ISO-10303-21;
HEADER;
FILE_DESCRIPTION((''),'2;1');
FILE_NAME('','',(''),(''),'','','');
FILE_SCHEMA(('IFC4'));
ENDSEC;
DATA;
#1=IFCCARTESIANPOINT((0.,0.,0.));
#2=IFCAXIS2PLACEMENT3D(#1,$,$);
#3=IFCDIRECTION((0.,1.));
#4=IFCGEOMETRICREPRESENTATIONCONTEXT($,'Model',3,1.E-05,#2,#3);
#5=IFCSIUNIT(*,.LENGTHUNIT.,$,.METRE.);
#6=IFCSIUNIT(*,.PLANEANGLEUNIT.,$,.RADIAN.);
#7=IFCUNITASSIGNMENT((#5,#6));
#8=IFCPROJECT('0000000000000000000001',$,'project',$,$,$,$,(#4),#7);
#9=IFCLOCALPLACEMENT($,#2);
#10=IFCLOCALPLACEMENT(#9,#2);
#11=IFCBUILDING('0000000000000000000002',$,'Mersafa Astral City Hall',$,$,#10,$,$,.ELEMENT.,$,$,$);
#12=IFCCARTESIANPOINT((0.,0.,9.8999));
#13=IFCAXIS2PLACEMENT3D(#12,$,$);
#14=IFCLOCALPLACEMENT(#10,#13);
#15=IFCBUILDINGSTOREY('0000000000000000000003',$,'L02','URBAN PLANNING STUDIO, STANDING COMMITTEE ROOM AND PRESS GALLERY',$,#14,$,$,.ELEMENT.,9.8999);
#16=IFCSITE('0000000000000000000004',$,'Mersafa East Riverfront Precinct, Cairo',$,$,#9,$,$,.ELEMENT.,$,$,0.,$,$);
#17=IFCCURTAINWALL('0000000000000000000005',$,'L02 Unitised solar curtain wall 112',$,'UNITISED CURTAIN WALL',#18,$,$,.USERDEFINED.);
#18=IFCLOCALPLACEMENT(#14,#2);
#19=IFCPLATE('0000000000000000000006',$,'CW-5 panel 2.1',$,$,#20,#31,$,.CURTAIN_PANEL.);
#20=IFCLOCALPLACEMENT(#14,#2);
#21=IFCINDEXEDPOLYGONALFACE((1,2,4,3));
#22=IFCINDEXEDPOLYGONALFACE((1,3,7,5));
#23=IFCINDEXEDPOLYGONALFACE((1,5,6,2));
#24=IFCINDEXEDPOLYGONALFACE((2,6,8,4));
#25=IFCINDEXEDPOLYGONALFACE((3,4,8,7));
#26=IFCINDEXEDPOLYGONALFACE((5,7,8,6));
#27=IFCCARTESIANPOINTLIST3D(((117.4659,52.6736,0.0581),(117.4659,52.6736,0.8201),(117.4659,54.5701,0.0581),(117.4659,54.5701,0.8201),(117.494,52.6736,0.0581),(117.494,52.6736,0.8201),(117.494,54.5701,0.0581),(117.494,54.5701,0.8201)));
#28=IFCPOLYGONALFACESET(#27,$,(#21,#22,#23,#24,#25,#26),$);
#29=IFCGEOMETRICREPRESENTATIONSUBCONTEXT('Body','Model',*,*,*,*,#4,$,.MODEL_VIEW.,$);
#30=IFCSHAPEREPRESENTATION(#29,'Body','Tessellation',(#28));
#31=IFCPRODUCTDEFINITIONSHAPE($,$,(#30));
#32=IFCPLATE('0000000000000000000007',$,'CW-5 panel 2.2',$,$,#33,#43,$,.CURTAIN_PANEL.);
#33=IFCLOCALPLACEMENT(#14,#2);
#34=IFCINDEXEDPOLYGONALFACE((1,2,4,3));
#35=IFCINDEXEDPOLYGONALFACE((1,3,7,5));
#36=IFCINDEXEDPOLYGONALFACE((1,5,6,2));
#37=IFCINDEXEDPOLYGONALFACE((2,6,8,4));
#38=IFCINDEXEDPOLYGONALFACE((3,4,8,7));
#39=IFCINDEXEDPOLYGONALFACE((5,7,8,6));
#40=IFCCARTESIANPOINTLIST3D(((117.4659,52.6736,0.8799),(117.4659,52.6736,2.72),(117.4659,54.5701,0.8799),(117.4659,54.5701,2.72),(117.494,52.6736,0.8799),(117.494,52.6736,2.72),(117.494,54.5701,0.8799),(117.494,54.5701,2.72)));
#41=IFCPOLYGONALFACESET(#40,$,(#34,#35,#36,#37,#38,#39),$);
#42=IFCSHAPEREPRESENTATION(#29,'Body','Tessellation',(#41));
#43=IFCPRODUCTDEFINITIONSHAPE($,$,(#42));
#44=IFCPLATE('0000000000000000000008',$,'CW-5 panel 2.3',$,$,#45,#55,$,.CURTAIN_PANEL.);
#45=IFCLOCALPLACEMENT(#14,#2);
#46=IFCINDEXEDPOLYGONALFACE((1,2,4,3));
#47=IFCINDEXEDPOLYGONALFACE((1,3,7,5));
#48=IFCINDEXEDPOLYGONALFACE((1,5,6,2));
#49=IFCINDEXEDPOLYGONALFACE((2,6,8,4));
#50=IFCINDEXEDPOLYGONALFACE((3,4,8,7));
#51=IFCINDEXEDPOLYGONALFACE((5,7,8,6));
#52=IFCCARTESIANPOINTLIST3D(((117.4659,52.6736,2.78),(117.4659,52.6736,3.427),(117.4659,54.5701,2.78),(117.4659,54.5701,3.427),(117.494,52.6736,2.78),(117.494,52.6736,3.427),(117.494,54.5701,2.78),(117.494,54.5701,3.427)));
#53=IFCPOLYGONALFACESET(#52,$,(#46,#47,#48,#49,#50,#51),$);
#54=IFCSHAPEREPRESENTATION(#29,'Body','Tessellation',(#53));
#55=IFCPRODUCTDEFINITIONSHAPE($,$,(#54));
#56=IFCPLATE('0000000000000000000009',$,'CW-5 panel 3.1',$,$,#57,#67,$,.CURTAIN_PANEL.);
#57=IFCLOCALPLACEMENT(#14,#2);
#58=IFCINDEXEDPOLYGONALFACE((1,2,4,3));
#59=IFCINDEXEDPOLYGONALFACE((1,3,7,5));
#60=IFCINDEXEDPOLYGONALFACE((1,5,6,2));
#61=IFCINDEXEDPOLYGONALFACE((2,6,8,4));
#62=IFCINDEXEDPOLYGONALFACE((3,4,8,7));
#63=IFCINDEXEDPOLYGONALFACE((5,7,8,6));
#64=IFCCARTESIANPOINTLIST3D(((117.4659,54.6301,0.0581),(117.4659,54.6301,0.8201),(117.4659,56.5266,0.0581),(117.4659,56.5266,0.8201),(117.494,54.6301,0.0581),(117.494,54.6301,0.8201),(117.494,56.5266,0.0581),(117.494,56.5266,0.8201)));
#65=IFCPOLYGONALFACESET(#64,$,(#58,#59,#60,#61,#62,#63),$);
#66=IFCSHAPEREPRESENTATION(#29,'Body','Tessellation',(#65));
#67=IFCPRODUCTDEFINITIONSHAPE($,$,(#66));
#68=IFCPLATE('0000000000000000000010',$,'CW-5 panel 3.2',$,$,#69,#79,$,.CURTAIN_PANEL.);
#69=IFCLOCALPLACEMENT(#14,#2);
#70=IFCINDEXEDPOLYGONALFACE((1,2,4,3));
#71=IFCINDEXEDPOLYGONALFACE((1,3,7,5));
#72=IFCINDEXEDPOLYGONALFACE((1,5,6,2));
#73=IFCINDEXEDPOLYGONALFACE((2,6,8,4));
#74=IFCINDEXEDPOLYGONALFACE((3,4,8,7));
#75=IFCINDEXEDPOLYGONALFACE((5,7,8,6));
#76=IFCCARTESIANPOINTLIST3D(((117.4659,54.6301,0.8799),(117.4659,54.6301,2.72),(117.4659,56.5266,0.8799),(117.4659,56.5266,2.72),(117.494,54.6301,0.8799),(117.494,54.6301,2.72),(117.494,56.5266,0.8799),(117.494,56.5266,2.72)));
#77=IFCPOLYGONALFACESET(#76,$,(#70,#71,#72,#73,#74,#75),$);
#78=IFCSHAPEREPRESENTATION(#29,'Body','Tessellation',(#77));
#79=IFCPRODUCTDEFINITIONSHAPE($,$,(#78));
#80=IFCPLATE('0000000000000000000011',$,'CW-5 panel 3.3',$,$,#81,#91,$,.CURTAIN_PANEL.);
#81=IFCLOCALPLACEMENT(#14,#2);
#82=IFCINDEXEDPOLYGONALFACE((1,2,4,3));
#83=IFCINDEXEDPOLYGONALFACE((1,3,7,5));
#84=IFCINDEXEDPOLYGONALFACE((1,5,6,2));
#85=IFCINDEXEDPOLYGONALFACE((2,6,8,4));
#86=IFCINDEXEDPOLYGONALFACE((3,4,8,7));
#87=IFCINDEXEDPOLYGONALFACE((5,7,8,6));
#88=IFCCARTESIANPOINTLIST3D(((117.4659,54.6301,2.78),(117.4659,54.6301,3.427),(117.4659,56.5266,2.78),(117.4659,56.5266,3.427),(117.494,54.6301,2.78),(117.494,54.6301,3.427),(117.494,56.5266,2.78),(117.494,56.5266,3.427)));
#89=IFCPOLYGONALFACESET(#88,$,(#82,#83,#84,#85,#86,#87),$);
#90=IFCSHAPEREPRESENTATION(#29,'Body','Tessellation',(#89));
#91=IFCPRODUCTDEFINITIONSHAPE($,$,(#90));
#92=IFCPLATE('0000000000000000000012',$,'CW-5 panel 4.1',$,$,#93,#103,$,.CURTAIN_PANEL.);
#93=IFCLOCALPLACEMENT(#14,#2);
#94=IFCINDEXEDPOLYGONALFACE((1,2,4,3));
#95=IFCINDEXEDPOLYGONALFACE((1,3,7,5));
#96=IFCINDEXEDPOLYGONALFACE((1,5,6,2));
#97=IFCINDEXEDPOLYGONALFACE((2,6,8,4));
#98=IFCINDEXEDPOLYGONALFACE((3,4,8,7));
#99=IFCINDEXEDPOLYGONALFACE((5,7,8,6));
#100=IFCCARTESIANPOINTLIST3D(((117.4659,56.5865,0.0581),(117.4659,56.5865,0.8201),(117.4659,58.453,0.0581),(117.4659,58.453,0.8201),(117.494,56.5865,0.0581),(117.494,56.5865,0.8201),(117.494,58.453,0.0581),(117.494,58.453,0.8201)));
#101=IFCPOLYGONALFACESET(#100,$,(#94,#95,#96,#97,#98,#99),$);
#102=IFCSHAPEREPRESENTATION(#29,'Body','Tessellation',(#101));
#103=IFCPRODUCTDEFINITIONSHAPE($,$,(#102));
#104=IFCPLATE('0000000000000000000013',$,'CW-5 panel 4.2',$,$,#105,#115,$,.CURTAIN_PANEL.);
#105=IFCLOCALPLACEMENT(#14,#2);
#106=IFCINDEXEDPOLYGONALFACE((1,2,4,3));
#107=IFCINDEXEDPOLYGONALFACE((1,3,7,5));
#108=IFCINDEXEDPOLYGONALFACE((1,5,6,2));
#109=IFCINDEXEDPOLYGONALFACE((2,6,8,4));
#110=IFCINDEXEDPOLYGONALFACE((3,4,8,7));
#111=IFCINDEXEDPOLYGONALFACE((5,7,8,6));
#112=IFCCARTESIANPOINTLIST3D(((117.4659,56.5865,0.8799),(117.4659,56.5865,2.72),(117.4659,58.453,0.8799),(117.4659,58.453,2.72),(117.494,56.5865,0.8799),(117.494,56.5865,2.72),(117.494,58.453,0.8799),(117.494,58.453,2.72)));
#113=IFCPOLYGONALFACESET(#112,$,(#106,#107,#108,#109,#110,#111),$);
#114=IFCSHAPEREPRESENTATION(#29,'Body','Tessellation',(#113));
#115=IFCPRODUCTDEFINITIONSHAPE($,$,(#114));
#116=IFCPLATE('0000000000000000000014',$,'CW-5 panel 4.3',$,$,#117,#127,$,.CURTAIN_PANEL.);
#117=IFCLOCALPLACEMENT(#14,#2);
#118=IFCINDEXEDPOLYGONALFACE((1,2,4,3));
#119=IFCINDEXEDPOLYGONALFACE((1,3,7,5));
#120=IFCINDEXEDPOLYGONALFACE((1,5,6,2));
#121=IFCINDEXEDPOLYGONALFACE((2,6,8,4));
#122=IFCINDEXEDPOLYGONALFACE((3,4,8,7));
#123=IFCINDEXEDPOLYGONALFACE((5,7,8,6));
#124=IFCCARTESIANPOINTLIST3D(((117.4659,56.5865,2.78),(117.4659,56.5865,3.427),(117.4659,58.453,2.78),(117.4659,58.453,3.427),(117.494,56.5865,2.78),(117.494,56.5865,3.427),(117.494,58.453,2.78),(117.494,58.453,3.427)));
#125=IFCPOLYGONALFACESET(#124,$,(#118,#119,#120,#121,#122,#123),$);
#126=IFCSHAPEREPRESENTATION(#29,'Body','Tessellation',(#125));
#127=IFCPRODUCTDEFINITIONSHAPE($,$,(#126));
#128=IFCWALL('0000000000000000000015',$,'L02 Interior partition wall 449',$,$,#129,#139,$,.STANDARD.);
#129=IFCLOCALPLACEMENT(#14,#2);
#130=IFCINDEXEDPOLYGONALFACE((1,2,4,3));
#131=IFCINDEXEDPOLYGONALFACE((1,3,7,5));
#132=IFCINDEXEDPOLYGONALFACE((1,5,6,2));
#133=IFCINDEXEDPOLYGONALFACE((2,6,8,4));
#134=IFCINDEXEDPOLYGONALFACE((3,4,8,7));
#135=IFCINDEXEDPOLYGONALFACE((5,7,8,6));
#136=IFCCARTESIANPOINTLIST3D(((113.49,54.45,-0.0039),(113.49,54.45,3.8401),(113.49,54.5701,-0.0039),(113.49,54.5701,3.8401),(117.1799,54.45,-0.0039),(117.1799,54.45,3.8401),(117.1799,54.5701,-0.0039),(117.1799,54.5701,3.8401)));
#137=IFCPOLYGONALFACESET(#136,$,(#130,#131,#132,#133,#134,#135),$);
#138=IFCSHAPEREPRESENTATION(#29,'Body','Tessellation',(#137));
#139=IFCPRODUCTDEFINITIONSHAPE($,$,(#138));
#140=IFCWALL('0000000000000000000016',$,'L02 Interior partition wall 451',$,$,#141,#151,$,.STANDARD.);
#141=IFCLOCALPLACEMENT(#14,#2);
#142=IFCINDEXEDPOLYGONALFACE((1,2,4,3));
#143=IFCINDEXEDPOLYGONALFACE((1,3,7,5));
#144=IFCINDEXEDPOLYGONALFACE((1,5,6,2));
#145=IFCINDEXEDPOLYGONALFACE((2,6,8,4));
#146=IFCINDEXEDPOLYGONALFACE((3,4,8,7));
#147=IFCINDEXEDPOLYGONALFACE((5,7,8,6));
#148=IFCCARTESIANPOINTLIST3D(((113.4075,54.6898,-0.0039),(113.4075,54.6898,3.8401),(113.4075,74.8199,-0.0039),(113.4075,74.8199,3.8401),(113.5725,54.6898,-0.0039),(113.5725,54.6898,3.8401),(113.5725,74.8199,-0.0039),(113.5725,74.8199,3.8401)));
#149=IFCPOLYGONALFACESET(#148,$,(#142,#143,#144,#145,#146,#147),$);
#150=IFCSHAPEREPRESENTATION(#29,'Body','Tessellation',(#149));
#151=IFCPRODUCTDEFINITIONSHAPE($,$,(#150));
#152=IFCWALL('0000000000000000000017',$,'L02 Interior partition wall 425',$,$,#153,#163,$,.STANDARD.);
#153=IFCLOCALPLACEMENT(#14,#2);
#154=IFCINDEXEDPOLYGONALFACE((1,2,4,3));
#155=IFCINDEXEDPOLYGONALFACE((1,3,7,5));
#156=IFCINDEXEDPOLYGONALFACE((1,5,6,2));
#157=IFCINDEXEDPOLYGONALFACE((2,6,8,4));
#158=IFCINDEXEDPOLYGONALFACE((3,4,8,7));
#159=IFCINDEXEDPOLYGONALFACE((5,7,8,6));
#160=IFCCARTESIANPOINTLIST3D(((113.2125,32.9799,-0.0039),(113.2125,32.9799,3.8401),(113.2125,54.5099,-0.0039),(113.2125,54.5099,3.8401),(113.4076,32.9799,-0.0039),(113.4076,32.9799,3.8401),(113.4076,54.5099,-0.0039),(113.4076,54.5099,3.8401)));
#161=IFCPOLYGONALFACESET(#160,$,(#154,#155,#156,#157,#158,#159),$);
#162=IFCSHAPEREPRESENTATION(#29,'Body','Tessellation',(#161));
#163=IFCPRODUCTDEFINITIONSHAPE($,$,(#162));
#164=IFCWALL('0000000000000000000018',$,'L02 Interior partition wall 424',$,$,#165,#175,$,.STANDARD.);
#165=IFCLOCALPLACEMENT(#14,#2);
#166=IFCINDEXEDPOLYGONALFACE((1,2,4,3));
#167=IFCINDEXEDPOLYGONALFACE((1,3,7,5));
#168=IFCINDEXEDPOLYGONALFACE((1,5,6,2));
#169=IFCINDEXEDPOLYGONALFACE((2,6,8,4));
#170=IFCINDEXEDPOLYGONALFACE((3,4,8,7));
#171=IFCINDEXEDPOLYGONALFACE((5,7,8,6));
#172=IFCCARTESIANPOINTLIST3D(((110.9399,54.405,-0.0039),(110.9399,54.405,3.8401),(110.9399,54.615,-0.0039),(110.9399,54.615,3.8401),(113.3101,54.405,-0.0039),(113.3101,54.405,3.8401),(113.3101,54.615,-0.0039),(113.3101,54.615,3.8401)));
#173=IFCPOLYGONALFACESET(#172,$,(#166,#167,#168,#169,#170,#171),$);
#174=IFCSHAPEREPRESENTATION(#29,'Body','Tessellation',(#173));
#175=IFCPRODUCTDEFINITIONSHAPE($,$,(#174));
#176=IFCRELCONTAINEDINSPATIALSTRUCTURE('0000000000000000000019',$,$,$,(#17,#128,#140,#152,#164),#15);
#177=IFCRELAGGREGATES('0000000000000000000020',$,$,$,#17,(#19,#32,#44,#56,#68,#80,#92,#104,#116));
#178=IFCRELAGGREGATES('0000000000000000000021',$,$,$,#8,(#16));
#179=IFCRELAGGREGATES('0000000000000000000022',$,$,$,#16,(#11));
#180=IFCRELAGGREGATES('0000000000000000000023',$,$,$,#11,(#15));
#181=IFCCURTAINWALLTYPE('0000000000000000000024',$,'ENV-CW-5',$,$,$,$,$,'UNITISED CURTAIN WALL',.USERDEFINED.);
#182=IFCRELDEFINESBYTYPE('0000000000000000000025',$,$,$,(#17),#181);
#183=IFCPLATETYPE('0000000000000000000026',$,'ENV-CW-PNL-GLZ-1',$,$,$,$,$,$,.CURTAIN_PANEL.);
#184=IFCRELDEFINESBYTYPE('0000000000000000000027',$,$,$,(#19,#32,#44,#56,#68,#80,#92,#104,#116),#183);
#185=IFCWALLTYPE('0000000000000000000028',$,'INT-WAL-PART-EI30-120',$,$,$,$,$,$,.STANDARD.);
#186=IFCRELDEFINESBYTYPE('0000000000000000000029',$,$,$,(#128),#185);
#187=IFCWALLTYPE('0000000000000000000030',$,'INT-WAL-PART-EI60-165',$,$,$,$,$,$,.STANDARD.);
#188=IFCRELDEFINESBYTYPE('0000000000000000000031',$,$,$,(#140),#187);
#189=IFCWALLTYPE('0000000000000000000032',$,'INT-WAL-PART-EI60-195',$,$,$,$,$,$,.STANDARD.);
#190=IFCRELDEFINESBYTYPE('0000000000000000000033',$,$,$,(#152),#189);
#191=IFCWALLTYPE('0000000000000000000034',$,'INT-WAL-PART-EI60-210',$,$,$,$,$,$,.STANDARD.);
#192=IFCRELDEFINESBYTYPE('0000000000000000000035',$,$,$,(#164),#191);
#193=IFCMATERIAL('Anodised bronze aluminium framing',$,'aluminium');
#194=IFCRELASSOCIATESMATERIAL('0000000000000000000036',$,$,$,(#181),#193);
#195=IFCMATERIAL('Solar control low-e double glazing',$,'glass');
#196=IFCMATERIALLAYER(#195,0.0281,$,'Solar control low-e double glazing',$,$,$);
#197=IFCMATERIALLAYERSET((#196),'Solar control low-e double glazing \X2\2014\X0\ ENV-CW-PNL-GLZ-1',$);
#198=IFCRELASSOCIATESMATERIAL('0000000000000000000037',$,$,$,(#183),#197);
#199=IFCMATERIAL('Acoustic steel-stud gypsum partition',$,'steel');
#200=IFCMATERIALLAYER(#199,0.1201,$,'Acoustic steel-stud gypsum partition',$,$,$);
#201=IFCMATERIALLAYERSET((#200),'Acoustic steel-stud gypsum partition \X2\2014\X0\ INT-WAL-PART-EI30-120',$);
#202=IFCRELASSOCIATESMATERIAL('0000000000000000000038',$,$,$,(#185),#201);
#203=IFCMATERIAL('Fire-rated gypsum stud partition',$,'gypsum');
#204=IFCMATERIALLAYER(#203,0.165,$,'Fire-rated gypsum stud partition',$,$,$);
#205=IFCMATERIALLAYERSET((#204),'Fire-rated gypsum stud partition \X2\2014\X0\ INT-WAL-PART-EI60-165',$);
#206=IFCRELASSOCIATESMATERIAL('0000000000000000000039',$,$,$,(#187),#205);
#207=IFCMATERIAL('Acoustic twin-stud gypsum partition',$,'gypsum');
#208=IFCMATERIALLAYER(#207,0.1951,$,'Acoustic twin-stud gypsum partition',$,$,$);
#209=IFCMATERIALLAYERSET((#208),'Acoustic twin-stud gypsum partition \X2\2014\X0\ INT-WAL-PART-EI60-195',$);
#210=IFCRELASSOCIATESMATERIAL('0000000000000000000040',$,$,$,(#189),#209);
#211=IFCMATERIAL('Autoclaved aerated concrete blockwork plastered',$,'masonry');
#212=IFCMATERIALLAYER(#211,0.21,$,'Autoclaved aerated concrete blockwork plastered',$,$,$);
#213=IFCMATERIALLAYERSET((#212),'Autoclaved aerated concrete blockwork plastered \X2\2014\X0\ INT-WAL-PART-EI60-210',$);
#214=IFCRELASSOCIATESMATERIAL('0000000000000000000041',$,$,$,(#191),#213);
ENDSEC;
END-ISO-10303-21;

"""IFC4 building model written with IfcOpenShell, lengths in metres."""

from ifc_helpers import new_model, si_unit, direction, frame, frame_2d, origin, origin_2d, place, context, subcontext, project, spatial, rectangle, extrude, material, layer, layer_set, type_object, element, aggregate, save


model = new_model("IFC4")

# Units and contexts
model_context = context("Model", 3, precision=1e-05, world=origin(), true_north=direction((0.0, 1.0)))
body_context = subcontext(model_context, "Body", "Model", "MODEL_VIEW")
ifc_project = project(units=[si_unit("LENGTHUNIT", "METRE"), si_unit("PLANEANGLEUNIT", "RADIAN")], contexts=[model_context])

# Site, building, storey
site_placement = place(None, origin())
site = spatial("IfcSite", under=ifc_project, at=site_placement, Name="Mersafa East Riverfront Precinct, Cairo", CompositionType="ELEMENT", RefElevation=0.0)
building_placement = place(site_placement, origin())
building = spatial("IfcBuilding", under=site, at=building_placement, Name="Mersafa Astral City Hall", CompositionType="ELEMENT")
storey_placement = place(building_placement, frame((0.0, 0.0, 9.8999)))
storey = spatial("IfcBuildingStorey", under=building, at=storey_placement, Name="L02", Description="URBAN PLANNING STUDIO, STANDING COMMITTEE ROOM AND PRESS GALLERY", CompositionType="ELEMENT", Elevation=9.8999)

# Curtain wall, plates
ifc_material_1 = material(Name="Anodised bronze aluminium framing", Category="aluminium")
curtain_wall_type = type_object("IfcCurtainWallType", Name="ENV-CW-5", ElementType="UNITISED CURTAIN WALL", PredefinedType="USERDEFINED", material=ifc_material_1)
curtain_wall_placement = place(storey_placement, origin())
curtain_wall = element("IfcCurtainWall", 1, at=curtain_wall_placement, inside=storey, type_object=curtain_wall_type, Name="L02 Unitised solar curtain wall 112", ObjectType="UNITISED CURTAIN WALL", PredefinedType="USERDEFINED")
ifc_material_2 = material(Name="Solar control low-e double glazing", Category="glass")
ifc_layer_1 = layer(ifc_material_2, 0.0281, Name="Solar control low-e double glazing")
ifc_layer_set_1 = layer_set([ifc_layer_1], Name="Solar control low-e double glazing — ENV-CW-PNL-GLZ-1")
plate_type = type_object("IfcPlateType", Name="ENV-CW-PNL-GLZ-1", PredefinedType="CURTAIN_PANEL", material=ifc_layer_set_1)
plate_1_placement = place(storey_placement, frame((117.48, 53.6218, 0.0581), z_axis=(0.0, 0.0, 1.0), x_axis=(0.0, 1.0, 0.0)))
plate_1 = element("IfcPlate", 2, at=plate_1_placement, type_object=plate_type, Name="CW-5 panel 2.1", PredefinedType="CURTAIN_PANEL", context=body_context, shape_type="SweptSolid", body=[
    extrude(rectangle(XDim=1.8965, YDim=0.0281, at=origin_2d()), origin(), (0.0, 0.0, 1.0), 0.762),
])
plate_2_placement = place(storey_placement, frame((117.48, 53.6218, 0.8799), z_axis=(0.0, 0.0, 1.0), x_axis=(0.0, 1.0, 0.0)))
plate_2 = element("IfcPlate", 3, at=plate_2_placement, type_object=plate_type, Name="CW-5 panel 2.2", PredefinedType="CURTAIN_PANEL", context=body_context, shape_type="SweptSolid", body=[
    extrude(rectangle(XDim=1.8965, YDim=0.0281, at=origin_2d()), origin(), (0.0, 0.0, 1.0), 1.8401),
])
plate_3_placement = place(storey_placement, frame((117.48, 53.6218, 2.78), z_axis=(0.0, 0.0, 1.0), x_axis=(0.0, 1.0, 0.0)))
plate_3 = element("IfcPlate", 4, at=plate_3_placement, type_object=plate_type, Name="CW-5 panel 2.3", PredefinedType="CURTAIN_PANEL", context=body_context, shape_type="SweptSolid", body=[
    extrude(rectangle(XDim=1.8965, YDim=0.0281, at=origin_2d()), origin(), (0.0, 0.0, 1.0), 0.647),
])
plate_4_placement = place(storey_placement, frame((117.48, 55.5784, 0.0581), z_axis=(0.0, 0.0, 1.0), x_axis=(0.0, 1.0, 0.0)))
plate_4 = element("IfcPlate", 5, at=plate_4_placement, type_object=plate_type, Name="CW-5 panel 3.1", PredefinedType="CURTAIN_PANEL", context=body_context, shape_type="SweptSolid", body=[
    extrude(rectangle(XDim=1.8965, YDim=0.0281, at=origin_2d()), origin(), (0.0, 0.0, 1.0), 0.762),
])
plate_5_placement = place(storey_placement, frame((117.48, 55.5784, 0.8799), z_axis=(0.0, 0.0, 1.0), x_axis=(0.0, 1.0, 0.0)))
plate_5 = element("IfcPlate", 6, at=plate_5_placement, type_object=plate_type, Name="CW-5 panel 3.2", PredefinedType="CURTAIN_PANEL", context=body_context, shape_type="SweptSolid", body=[
    extrude(rectangle(XDim=1.8965, YDim=0.0281, at=origin_2d()), origin(), (0.0, 0.0, 1.0), 1.8401),
])
plate_6_placement = place(storey_placement, frame((117.48, 55.5784, 2.78), z_axis=(0.0, 0.0, 1.0), x_axis=(0.0, 1.0, 0.0)))
plate_6 = element("IfcPlate", 7, at=plate_6_placement, type_object=plate_type, Name="CW-5 panel 3.3", PredefinedType="CURTAIN_PANEL", context=body_context, shape_type="SweptSolid", body=[
    extrude(rectangle(XDim=1.8965, YDim=0.0281, at=origin_2d()), origin(), (0.0, 0.0, 1.0), 0.647),
])
plate_7_placement = place(storey_placement, frame((117.48, 57.5198, 0.0581), z_axis=(0.0, 0.0, 1.0), x_axis=(0.0, 1.0, 0.0)))
plate_7 = element("IfcPlate", 8, at=plate_7_placement, type_object=plate_type, Name="CW-5 panel 4.1", PredefinedType="CURTAIN_PANEL", context=body_context, shape_type="SweptSolid", body=[
    extrude(rectangle(XDim=1.8665, YDim=0.0281, at=origin_2d()), origin(), (0.0, 0.0, 1.0), 0.762),
])
plate_8_placement = place(storey_placement, frame((117.48, 57.5198, 0.8799), z_axis=(0.0, 0.0, 1.0), x_axis=(0.0, 1.0, 0.0)))
plate_8 = element("IfcPlate", 9, at=plate_8_placement, type_object=plate_type, Name="CW-5 panel 4.2", PredefinedType="CURTAIN_PANEL", context=body_context, shape_type="SweptSolid", body=[
    extrude(rectangle(XDim=1.8665, YDim=0.0281, at=origin_2d()), origin(), (0.0, 0.0, 1.0), 1.8401),
])
plate_9_placement = place(storey_placement, frame((117.48, 57.5198, 2.78), z_axis=(0.0, 0.0, 1.0), x_axis=(0.0, 1.0, 0.0)))
plate_9 = element("IfcPlate", 10, at=plate_9_placement, type_object=plate_type, Name="CW-5 panel 4.3", PredefinedType="CURTAIN_PANEL", context=body_context, shape_type="SweptSolid", body=[
    extrude(rectangle(XDim=1.8665, YDim=0.0281, at=origin_2d()), origin(), (0.0, 0.0, 1.0), 0.647),
])
aggregate(curtain_wall, [plate_1, plate_2, plate_3, plate_4, plate_5, plate_6, plate_7, plate_8, plate_9])

# Walls
ifc_material_3 = material(Name="Acoustic steel-stud gypsum partition", Category="steel")
ifc_layer_2 = layer(ifc_material_3, 0.1201, Name="Acoustic steel-stud gypsum partition")
ifc_layer_set_2 = layer_set([ifc_layer_2], Name="Acoustic steel-stud gypsum partition — INT-WAL-PART-EI30-120")
wall_type_1 = type_object("IfcWallType", Name="INT-WAL-PART-EI30-120", PredefinedType="STANDARD", material=ifc_layer_set_2)
wall_1_placement = place(storey_placement, frame((113.49, 54.51, -0.0039), z_axis=(0.0, 0.0, 1.0), x_axis=(1.0, 0.0, 0.0)))
element("IfcWall", 11, at=wall_1_placement, inside=storey, type_object=wall_type_1, Name="L02 Interior partition wall 449", PredefinedType="STANDARD", context=body_context, shape_type="SweptSolid", body=[
    extrude(rectangle(XDim=3.6899, YDim=0.1201, at=frame_2d((1.845, 0.0))), origin(), (0.0, 0.0, 1.0), 3.844),
])
ifc_material_4 = material(Name="Fire-rated gypsum stud partition", Category="gypsum")
ifc_layer_3 = layer(ifc_material_4, 0.165, Name="Fire-rated gypsum stud partition")
ifc_layer_set_3 = layer_set([ifc_layer_3], Name="Fire-rated gypsum stud partition — INT-WAL-PART-EI60-165")
wall_type_2 = type_object("IfcWallType", Name="INT-WAL-PART-EI60-165", PredefinedType="STANDARD", material=ifc_layer_set_3)
wall_2_placement = place(storey_placement, frame((113.49, 54.6899, -0.0039), z_axis=(0.0, 0.0, 1.0), x_axis=(0.0, 1.0, 0.0)))
element("IfcWall", 12, at=wall_2_placement, inside=storey, type_object=wall_type_2, Name="L02 Interior partition wall 451", PredefinedType="STANDARD", context=body_context, shape_type="SweptSolid", body=[
    extrude(rectangle(XDim=20.1301, YDim=0.165, at=frame_2d((10.0649, 0.0))), origin(), (0.0, 0.0, 1.0), 3.844),
])
ifc_material_5 = material(Name="Acoustic twin-stud gypsum partition", Category="gypsum")
ifc_layer_4 = layer(ifc_material_5, 0.1951, Name="Acoustic twin-stud gypsum partition")
ifc_layer_set_4 = layer_set([ifc_layer_4], Name="Acoustic twin-stud gypsum partition — INT-WAL-PART-EI60-195")
wall_type_3 = type_object("IfcWallType", Name="INT-WAL-PART-EI60-195", PredefinedType="STANDARD", material=ifc_layer_set_4)
wall_3_placement = place(storey_placement, frame((113.3101, 54.51, -0.0039), z_axis=(0.0, 0.0, 1.0), x_axis=(0.0, -1.0, 0.0)))
element("IfcWall", 13, at=wall_3_placement, inside=storey, type_object=wall_type_3, Name="L02 Interior partition wall 425", PredefinedType="STANDARD", context=body_context, shape_type="SweptSolid", body=[
    extrude(rectangle(XDim=21.53, YDim=0.1951, at=frame_2d((10.7651, 0.0))), origin(), (0.0, 0.0, 1.0), 3.844),
])
ifc_material_6 = material(Name="Autoclaved aerated concrete blockwork plastered", Category="masonry")
ifc_layer_5 = layer(ifc_material_6, 0.21, Name="Autoclaved aerated concrete blockwork plastered")
ifc_layer_set_5 = layer_set([ifc_layer_5], Name="Autoclaved aerated concrete blockwork plastered — INT-WAL-PART-EI60-210")
wall_type_4 = type_object("IfcWallType", Name="INT-WAL-PART-EI60-210", PredefinedType="STANDARD", material=ifc_layer_set_5)
wall_4_placement = place(storey_placement, frame((110.9399, 54.51, -0.0039), z_axis=(0.0, 0.0, 1.0), x_axis=(1.0, 0.0, 0.0)))
element("IfcWall", 14, at=wall_4_placement, inside=storey, type_object=wall_type_4, Name="L02 Interior partition wall 424", PredefinedType="STANDARD", context=body_context, shape_type="SweptSolid", body=[
    extrude(rectangle(XDim=2.3701, YDim=0.21, at=frame_2d((1.1851, 0.0))), origin(), (0.0, 0.0, 1.0), 3.844),
])

save(model, "model.ifc")
